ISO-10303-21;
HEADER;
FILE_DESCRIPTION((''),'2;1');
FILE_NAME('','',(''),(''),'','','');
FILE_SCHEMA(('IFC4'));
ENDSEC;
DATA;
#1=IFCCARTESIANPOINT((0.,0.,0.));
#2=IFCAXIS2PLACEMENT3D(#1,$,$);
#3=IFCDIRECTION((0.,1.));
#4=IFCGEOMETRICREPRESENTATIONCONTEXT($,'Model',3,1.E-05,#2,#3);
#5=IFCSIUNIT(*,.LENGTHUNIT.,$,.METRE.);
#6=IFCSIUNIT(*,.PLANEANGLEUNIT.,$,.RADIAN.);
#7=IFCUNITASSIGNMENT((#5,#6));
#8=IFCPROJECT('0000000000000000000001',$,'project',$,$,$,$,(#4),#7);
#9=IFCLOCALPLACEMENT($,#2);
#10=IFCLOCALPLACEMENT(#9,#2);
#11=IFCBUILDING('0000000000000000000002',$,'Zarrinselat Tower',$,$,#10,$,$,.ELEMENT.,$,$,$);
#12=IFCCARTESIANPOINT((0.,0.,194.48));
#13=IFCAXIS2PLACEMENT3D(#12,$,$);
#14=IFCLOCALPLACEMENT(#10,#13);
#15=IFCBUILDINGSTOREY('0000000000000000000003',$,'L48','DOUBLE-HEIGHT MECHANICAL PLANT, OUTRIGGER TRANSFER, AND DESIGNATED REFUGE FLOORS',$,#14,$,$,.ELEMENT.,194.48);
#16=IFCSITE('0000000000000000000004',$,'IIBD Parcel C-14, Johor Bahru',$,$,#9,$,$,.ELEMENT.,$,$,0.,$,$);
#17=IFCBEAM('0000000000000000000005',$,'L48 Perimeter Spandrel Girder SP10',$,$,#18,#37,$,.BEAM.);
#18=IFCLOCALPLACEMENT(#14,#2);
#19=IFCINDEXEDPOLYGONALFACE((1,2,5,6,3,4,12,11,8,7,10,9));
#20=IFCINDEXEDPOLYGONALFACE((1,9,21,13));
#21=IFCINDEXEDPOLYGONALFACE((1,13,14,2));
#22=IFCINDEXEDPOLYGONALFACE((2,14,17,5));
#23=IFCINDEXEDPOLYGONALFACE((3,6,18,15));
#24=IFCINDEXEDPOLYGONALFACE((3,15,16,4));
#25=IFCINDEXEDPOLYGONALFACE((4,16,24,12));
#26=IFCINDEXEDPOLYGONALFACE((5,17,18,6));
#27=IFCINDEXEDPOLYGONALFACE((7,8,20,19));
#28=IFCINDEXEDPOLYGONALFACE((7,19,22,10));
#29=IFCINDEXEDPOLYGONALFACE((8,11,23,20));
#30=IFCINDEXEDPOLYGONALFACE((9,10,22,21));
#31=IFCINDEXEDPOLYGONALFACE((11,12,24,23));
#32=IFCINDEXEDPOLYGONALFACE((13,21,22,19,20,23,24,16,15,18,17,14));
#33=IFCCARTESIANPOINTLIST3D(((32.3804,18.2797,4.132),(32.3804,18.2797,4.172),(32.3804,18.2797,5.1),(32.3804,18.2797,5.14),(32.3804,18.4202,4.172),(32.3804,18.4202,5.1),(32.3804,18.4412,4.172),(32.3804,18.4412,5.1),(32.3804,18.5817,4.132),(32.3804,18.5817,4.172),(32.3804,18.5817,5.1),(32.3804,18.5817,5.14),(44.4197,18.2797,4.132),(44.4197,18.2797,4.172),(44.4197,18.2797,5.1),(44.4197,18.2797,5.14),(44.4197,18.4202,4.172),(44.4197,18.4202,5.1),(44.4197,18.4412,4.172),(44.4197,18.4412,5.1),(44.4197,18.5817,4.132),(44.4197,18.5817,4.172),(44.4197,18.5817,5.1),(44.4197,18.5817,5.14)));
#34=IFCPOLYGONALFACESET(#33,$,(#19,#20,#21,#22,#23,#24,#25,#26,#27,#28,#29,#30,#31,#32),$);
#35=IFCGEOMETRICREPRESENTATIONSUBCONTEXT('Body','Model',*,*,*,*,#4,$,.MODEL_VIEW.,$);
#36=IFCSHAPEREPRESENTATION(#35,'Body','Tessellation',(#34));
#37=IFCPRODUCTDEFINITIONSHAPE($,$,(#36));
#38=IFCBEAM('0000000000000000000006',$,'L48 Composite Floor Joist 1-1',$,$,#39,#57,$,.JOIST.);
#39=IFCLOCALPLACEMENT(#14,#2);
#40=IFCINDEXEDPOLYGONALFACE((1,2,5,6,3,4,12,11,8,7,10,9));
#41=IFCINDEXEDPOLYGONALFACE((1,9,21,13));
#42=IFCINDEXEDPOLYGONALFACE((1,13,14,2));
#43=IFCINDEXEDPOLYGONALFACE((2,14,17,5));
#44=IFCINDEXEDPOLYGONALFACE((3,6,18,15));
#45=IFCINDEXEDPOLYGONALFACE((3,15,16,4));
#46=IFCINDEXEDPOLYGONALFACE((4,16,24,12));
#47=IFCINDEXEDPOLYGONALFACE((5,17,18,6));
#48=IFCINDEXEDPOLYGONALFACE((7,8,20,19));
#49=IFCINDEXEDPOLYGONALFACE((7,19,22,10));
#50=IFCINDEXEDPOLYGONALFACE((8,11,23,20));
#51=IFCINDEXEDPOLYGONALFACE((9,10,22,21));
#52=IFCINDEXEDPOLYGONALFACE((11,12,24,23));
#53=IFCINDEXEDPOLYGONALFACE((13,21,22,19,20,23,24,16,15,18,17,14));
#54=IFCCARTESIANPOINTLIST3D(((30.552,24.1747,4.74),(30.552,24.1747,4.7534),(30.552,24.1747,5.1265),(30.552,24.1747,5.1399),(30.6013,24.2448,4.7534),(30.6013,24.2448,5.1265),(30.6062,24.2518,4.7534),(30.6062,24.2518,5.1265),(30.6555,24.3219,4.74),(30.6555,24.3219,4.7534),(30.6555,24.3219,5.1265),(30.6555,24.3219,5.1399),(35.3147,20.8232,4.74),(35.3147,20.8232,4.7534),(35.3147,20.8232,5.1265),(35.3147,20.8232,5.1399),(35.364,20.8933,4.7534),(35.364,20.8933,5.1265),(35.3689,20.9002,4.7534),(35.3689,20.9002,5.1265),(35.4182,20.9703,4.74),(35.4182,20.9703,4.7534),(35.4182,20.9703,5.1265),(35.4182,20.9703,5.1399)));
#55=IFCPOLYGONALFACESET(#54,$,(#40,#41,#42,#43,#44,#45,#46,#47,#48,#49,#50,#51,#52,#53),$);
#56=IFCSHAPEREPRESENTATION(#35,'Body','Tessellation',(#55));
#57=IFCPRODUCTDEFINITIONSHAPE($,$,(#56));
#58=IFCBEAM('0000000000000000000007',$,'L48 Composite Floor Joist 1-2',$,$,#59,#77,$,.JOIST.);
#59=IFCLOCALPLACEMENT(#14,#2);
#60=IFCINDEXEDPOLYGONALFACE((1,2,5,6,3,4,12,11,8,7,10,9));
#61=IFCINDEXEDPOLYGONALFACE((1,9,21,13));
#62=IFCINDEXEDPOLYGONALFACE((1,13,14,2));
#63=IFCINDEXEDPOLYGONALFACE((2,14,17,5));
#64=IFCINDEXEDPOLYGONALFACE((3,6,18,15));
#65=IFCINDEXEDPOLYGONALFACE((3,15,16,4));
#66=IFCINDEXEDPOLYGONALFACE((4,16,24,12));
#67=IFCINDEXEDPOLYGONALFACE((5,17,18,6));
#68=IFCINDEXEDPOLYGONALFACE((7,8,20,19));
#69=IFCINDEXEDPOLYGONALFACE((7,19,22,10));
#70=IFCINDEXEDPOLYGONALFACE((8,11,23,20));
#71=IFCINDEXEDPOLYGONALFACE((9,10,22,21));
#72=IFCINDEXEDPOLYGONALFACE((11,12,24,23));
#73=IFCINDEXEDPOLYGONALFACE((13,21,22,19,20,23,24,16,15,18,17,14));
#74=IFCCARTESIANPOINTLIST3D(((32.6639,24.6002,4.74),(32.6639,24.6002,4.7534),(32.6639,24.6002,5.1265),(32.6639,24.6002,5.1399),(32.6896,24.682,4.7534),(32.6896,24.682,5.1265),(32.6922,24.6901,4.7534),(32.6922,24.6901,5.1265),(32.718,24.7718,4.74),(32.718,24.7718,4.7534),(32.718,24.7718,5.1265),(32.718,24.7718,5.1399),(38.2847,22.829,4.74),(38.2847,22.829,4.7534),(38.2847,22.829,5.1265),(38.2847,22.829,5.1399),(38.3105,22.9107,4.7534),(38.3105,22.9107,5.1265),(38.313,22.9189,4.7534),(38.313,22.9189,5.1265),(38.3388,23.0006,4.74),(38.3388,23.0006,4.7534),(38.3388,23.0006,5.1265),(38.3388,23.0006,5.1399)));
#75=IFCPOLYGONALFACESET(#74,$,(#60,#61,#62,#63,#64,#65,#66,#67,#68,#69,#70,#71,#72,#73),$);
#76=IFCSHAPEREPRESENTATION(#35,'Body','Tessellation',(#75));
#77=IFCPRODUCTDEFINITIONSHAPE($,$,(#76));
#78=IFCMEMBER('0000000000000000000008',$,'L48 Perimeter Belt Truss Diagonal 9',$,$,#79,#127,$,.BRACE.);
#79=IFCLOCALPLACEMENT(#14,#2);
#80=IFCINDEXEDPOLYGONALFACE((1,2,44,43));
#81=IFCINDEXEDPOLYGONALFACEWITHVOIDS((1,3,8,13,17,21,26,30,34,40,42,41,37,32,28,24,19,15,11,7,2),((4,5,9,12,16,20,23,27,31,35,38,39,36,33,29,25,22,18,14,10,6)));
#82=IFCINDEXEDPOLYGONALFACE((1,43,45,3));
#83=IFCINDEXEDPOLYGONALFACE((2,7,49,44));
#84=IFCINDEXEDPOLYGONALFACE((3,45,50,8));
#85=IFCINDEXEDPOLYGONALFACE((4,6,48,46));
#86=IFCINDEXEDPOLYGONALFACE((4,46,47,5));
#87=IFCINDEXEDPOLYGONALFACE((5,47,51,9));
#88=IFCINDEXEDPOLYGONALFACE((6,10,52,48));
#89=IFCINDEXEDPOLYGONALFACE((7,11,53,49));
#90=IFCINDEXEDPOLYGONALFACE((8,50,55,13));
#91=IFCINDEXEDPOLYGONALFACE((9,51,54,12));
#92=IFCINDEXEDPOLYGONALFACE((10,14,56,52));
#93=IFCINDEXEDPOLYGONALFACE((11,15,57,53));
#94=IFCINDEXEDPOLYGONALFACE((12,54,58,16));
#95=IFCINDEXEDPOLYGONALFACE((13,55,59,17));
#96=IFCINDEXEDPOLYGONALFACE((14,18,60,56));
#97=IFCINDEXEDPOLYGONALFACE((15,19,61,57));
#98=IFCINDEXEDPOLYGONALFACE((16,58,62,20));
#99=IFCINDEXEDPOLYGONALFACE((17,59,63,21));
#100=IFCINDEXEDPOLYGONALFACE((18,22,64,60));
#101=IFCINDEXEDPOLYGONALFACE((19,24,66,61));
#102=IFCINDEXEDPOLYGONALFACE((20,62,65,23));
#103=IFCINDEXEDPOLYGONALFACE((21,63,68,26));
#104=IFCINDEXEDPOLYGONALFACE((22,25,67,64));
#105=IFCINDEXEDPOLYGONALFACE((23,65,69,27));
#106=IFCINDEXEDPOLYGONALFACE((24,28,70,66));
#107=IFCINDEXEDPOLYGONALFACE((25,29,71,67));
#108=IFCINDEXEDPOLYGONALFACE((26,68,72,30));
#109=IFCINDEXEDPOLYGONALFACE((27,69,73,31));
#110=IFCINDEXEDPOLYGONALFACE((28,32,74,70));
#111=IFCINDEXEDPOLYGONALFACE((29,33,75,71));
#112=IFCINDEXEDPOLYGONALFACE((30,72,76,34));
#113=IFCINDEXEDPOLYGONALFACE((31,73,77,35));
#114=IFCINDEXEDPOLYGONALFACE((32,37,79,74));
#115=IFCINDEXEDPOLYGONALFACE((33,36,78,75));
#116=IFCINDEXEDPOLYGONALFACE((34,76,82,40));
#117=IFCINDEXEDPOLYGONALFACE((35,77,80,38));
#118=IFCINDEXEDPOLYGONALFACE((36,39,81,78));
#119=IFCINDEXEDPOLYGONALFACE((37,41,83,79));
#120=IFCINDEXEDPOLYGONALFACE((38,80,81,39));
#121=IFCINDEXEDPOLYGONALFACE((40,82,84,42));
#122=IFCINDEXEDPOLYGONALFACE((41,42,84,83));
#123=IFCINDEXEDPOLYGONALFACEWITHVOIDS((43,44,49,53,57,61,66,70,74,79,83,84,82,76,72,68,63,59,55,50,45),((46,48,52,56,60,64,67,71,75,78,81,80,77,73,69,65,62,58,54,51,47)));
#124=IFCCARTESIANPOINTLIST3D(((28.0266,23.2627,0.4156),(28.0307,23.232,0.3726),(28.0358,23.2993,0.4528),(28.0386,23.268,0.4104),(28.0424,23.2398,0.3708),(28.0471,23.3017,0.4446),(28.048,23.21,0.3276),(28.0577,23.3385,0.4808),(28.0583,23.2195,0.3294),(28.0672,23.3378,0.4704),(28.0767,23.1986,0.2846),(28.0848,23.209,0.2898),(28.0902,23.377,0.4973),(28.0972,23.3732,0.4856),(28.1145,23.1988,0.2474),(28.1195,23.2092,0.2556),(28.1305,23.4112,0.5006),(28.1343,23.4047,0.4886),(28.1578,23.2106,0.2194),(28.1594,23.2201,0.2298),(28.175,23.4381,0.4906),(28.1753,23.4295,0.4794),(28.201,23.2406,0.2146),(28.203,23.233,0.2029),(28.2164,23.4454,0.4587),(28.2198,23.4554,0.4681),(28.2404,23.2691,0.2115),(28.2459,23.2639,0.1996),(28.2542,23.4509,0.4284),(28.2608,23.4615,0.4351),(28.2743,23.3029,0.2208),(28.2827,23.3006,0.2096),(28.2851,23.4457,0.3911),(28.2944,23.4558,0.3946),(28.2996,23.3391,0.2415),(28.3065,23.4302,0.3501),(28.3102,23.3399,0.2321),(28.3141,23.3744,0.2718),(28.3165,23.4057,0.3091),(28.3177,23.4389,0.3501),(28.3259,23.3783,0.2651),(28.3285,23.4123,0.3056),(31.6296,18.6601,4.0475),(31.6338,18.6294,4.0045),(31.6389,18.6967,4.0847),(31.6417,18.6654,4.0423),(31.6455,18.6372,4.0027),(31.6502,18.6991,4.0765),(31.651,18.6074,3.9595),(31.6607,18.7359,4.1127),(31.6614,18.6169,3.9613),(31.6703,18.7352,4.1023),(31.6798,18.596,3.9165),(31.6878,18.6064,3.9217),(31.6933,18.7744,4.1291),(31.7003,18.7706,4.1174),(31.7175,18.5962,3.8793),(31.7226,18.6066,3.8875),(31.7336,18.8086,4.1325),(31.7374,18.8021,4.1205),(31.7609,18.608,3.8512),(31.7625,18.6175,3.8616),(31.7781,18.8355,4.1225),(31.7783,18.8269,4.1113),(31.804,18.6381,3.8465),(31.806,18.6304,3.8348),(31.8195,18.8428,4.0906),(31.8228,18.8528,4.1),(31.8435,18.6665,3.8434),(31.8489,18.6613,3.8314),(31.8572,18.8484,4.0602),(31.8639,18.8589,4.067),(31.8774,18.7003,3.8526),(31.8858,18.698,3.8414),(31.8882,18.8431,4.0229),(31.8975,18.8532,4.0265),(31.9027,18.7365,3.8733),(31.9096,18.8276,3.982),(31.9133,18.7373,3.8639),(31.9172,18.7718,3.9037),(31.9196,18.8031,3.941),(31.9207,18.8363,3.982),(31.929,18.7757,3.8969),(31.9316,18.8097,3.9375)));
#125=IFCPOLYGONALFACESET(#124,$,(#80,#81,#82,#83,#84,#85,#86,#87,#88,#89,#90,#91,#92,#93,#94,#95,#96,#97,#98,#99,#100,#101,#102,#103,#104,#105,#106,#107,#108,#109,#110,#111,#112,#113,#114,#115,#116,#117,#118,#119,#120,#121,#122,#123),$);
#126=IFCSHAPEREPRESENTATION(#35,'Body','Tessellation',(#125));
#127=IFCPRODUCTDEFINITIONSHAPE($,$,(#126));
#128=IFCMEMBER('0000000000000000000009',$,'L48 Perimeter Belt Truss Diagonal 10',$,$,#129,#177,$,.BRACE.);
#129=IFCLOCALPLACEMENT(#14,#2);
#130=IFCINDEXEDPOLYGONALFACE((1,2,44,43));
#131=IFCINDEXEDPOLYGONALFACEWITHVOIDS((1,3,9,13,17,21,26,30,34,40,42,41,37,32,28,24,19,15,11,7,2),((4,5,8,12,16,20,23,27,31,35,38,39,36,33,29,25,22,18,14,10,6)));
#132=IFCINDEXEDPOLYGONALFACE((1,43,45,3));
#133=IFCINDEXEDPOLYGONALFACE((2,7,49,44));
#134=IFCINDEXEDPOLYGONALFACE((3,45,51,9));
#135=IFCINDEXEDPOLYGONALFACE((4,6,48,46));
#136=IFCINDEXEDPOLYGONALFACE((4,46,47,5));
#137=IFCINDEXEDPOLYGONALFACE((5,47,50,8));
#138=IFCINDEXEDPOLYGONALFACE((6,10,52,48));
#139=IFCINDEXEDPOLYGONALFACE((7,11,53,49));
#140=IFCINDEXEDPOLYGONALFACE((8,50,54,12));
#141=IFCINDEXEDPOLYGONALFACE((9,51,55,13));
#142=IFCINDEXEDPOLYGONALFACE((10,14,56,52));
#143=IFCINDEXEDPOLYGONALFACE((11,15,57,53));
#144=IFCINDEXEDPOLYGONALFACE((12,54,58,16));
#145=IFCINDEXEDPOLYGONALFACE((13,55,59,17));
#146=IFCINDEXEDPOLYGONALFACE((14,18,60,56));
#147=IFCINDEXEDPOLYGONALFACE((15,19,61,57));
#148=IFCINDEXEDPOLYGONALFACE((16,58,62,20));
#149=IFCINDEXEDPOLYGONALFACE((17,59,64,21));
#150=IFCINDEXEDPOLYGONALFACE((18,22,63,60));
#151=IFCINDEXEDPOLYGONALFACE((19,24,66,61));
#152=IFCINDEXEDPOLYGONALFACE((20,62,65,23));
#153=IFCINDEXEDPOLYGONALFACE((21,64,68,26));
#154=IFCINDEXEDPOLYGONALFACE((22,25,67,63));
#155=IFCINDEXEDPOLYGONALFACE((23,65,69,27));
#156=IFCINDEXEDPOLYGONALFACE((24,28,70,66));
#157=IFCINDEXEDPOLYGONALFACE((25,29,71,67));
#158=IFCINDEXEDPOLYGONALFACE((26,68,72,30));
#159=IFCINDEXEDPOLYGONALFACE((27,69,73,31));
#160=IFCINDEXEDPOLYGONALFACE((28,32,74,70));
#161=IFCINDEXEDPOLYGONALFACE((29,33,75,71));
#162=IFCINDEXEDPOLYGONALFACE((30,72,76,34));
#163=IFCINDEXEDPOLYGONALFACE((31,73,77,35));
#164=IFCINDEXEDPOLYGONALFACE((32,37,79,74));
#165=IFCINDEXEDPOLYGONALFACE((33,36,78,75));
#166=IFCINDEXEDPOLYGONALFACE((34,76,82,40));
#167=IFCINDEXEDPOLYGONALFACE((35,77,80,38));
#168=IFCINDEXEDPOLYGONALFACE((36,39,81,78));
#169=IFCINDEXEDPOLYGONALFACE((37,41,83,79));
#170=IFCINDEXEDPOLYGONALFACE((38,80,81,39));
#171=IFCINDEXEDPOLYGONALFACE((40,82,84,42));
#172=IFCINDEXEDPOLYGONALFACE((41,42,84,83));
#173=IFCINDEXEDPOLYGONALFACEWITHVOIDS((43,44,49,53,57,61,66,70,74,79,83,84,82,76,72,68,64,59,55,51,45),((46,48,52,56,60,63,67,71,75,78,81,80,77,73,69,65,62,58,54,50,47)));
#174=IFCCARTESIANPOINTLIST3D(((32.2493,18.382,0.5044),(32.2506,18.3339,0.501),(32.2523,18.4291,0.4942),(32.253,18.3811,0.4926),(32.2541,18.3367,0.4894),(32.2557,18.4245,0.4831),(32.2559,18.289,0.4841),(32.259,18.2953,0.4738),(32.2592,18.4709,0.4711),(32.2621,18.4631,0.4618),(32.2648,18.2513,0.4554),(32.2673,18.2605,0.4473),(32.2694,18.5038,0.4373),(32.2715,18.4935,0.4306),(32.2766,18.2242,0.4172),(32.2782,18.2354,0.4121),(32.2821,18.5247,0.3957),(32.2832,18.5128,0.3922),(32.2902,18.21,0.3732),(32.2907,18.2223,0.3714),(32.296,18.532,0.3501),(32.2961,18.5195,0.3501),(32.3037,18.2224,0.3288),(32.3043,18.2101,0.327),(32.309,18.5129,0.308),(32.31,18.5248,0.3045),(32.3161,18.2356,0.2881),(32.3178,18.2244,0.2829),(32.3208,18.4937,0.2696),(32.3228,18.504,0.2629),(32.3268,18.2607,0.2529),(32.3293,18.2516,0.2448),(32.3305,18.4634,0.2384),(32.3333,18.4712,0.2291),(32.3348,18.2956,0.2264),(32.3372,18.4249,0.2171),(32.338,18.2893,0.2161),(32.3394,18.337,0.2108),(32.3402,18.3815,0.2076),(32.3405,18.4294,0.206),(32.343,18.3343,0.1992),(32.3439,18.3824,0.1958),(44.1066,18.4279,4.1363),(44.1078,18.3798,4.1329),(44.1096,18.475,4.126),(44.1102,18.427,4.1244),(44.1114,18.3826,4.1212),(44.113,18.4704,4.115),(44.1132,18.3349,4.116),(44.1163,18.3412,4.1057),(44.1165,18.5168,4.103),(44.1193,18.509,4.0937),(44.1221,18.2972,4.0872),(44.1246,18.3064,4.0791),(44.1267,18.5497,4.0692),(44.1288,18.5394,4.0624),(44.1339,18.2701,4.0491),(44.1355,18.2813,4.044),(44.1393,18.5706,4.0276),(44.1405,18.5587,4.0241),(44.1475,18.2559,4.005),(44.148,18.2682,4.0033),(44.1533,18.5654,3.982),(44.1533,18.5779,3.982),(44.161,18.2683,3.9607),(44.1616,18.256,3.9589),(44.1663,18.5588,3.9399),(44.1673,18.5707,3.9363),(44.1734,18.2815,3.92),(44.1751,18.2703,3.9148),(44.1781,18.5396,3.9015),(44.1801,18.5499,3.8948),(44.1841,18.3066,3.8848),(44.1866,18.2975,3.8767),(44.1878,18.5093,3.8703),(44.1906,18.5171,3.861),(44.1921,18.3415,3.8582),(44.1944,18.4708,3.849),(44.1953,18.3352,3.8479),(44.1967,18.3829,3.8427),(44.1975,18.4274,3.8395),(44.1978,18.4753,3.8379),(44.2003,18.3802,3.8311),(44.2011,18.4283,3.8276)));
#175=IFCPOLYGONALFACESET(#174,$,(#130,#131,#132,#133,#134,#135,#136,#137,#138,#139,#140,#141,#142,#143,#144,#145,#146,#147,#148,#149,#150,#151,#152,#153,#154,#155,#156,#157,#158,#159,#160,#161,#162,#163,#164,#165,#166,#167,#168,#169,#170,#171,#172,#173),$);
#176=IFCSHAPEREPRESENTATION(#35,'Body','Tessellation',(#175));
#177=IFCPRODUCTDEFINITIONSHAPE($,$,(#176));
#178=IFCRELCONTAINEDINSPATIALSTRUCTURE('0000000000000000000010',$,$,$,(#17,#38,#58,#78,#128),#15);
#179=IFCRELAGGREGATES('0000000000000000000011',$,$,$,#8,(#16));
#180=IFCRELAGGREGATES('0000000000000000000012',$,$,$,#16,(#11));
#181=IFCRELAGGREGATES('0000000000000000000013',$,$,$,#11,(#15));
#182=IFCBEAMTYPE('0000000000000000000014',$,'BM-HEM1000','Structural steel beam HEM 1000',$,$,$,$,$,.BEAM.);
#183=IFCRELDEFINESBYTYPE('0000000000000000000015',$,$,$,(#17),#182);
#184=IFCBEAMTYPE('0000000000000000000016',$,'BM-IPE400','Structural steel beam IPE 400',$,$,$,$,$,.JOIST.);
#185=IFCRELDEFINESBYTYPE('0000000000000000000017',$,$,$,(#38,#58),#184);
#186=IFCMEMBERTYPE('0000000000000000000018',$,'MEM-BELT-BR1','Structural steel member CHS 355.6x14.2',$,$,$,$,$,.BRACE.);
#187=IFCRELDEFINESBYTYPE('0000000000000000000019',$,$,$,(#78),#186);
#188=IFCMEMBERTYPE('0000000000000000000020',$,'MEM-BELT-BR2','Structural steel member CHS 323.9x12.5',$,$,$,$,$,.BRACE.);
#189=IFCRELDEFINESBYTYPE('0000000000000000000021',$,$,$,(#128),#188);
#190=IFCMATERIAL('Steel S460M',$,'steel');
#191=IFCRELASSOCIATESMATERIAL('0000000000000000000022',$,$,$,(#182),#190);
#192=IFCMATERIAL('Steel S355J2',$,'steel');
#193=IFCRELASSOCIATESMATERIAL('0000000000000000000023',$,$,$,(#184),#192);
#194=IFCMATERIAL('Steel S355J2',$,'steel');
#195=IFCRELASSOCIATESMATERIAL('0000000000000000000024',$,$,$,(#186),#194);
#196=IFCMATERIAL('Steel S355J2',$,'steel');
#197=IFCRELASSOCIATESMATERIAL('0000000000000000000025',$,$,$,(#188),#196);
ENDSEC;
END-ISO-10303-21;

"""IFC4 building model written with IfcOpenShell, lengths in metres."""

from ifc_helpers import new_model, si_unit, direction, frame, origin, origin_2d, place, context, subcontext, project, spatial, hollow_circle, i_section, extrude, material, material_profile, profile_set, type_object, element, save


model = new_model("IFC4")

# Units and contexts
model_context = context("Model", 3, precision=1e-05, world=origin(), true_north=direction((0.0, 1.0)))
body_context = subcontext(model_context, "Body", "Model", "MODEL_VIEW")
ifc_project = project(units=[si_unit("LENGTHUNIT", "METRE"), si_unit("PLANEANGLEUNIT", "RADIAN")], contexts=[model_context])

# Site, building, storey
site_placement = place(None, origin())
site = spatial("IfcSite", under=ifc_project, at=site_placement, Name="IIBD Parcel C-14, Johor Bahru", CompositionType="ELEMENT", RefElevation=0.0)
building_placement = place(site_placement, origin())
building = spatial("IfcBuilding", under=site, at=building_placement, Name="Zarrinselat Tower", CompositionType="ELEMENT")
storey_placement = place(building_placement, frame((0.0, 0.0, 194.48)))
storey = spatial("IfcBuildingStorey", under=building, at=storey_placement, Name="L48", Description="DOUBLE-HEIGHT MECHANICAL PLANT, OUTRIGGER TRANSFER, AND DESIGNATED REFUGE FLOORS", CompositionType="ELEMENT", Elevation=194.48)

# Beams
ifc_material_1 = material(Name="Steel S460M", Category="steel")
ifc_material_profile_1 = material_profile(ifc_material_1, i_section(OverallWidth=0.302, OverallDepth=1.0081, WebThickness=0.021, FlangeThickness=0.04, at=origin_2d()), Name="HEM 1000")
ifc_profile_set_1 = profile_set([ifc_material_profile_1], Name="Steel S460M")
beam_type_1 = type_object("IfcBeamType", Name="BM-HEM1000", Description="Structural steel beam HEM 1000", PredefinedType="BEAM", material=ifc_profile_set_1)
beam_1_placement = place(storey_placement, frame((32.3804, 18.4307, 4.636), z_axis=(1.0, 0.0, 0.0), x_axis=(0.0, 1.0, 0.0)))
element("IfcBeam", 1, at=beam_1_placement, inside=storey, type_object=beam_type_1, Name="L48 Perimeter Spandrel Girder SP10", PredefinedType="BEAM", context=body_context, shape_type="SweptSolid", body=[
    extrude(i_section(OverallWidth=0.302, OverallDepth=1.0081, WebThickness=0.021, FlangeThickness=0.04, at=origin_2d()), origin(), (0.0, 0.0, 1.0), 12.0393),
])
ifc_material_2 = material(Name="Steel S355J2", Category="steel")
ifc_material_profile_2 = material_profile(ifc_material_2, i_section(OverallWidth=0.1799, OverallDepth=0.3999, WebThickness=0.0085, FlangeThickness=0.0134, at=origin_2d()), Name="IPE 400")
ifc_profile_set_2 = profile_set([ifc_material_profile_2], Name="Steel S355J2")
beam_type_2 = type_object("IfcBeamType", Name="BM-IPE400", Description="Structural steel beam IPE 400", PredefinedType="JOIST", material=ifc_profile_set_2)
beam_2_placement = place(storey_placement, frame((30.6038, 24.2483, 4.9399), z_axis=(0.817803, -0.575498, 0.0), x_axis=(0.575498, 0.817803, 0.0)))
element("IfcBeam", 2, at=beam_2_placement, inside=storey, type_object=beam_type_2, Name="L48 Composite Floor Joist 1-1", PredefinedType="JOIST", context=body_context, shape_type="SweptSolid", body=[
    extrude(i_section(OverallWidth=0.1799, OverallDepth=0.3999, WebThickness=0.0085, FlangeThickness=0.0134, at=origin_2d()), origin(), (0.0, 0.0, 1.0), 5.8237),
])
beam_3_placement = place(storey_placement, frame((32.6909, 24.686, 4.9399), z_axis=(0.953766, -0.30055, 0.0), x_axis=(0.30055, 0.953766, 0.0)))
element("IfcBeam", 3, at=beam_3_placement, inside=storey, type_object=beam_type_2, Name="L48 Composite Floor Joist 1-2", PredefinedType="JOIST", context=body_context, shape_type="SweptSolid", body=[
    extrude(i_section(OverallWidth=0.1799, OverallDepth=0.3999, WebThickness=0.0085, FlangeThickness=0.0134, at=origin_2d()), origin(), (0.0, 0.0, 1.0), 5.8933),
])

# Members
ifc_material_3 = material(Name="Steel S355J2", Category="steel")
ifc_material_profile_3 = material_profile(ifc_material_3, hollow_circle(Radius=0.1777, WallThickness=0.0142, at=origin_2d()), Name="CHS 355.6x14.2")
ifc_profile_set_3 = profile_set([ifc_material_profile_3], Name="Steel S355J2")
member_type_1 = type_object("IfcMemberType", Name="MEM-BELT-BR1", Description="Structural steel member CHS 355.6x14.2", PredefinedType="BRACE", material=ifc_profile_set_3)
member_1_placement = place(storey_placement, frame((28.1777, 23.3293, 0.3501), z_axis=(0.52358, -0.668825, 0.527766), x_axis=(0.787419, 0.616419, 0.0)))
element("IfcMember", 4, at=member_1_placement, inside=storey, type_object=member_type_1, Name="L48 Perimeter Belt Truss Diagonal 9", PredefinedType="BRACE", context=body_context, shape_type="SweptSolid", body=[
    extrude(hollow_circle(Radius=0.1777, WallThickness=0.0142, at=origin_2d()), origin(), (0.0, 0.0, 1.0), 6.8816),
])
ifc_material_4 = material(Name="Steel S355J2", Category="steel")
ifc_material_profile_4 = material_profile(ifc_material_4, hollow_circle(Radius=0.1619, WallThickness=0.0125, at=origin_2d()), Name="CHS 323.9x12.5")
ifc_profile_set_4 = profile_set([ifc_material_profile_4], Name="Steel S355J2")
member_type_2 = type_object("IfcMemberType", Name="MEM-BELT-BR2", Description="Structural steel member CHS 323.9x12.5", PredefinedType="BRACE", material=ifc_profile_set_4)
member_2_placement = place(storey_placement, frame((32.2966, 18.3701, 0.3501), z_axis=(0.956146, 0.003701, 0.292866), x_axis=(-0.003871, 0.999993, 0.0)))
element("IfcMember", 5, at=member_2_placement, inside=storey, type_object=member_type_2, Name="L48 Perimeter Belt Truss Diagonal 10", PredefinedType="BRACE", context=body_context, shape_type="SweptSolid", body=[
    extrude(hollow_circle(Radius=0.1619, WallThickness=0.0125, at=origin_2d()), origin(), (0.0, 0.0, 1.0), 12.4011),
])

save(model, "model.ifc")
